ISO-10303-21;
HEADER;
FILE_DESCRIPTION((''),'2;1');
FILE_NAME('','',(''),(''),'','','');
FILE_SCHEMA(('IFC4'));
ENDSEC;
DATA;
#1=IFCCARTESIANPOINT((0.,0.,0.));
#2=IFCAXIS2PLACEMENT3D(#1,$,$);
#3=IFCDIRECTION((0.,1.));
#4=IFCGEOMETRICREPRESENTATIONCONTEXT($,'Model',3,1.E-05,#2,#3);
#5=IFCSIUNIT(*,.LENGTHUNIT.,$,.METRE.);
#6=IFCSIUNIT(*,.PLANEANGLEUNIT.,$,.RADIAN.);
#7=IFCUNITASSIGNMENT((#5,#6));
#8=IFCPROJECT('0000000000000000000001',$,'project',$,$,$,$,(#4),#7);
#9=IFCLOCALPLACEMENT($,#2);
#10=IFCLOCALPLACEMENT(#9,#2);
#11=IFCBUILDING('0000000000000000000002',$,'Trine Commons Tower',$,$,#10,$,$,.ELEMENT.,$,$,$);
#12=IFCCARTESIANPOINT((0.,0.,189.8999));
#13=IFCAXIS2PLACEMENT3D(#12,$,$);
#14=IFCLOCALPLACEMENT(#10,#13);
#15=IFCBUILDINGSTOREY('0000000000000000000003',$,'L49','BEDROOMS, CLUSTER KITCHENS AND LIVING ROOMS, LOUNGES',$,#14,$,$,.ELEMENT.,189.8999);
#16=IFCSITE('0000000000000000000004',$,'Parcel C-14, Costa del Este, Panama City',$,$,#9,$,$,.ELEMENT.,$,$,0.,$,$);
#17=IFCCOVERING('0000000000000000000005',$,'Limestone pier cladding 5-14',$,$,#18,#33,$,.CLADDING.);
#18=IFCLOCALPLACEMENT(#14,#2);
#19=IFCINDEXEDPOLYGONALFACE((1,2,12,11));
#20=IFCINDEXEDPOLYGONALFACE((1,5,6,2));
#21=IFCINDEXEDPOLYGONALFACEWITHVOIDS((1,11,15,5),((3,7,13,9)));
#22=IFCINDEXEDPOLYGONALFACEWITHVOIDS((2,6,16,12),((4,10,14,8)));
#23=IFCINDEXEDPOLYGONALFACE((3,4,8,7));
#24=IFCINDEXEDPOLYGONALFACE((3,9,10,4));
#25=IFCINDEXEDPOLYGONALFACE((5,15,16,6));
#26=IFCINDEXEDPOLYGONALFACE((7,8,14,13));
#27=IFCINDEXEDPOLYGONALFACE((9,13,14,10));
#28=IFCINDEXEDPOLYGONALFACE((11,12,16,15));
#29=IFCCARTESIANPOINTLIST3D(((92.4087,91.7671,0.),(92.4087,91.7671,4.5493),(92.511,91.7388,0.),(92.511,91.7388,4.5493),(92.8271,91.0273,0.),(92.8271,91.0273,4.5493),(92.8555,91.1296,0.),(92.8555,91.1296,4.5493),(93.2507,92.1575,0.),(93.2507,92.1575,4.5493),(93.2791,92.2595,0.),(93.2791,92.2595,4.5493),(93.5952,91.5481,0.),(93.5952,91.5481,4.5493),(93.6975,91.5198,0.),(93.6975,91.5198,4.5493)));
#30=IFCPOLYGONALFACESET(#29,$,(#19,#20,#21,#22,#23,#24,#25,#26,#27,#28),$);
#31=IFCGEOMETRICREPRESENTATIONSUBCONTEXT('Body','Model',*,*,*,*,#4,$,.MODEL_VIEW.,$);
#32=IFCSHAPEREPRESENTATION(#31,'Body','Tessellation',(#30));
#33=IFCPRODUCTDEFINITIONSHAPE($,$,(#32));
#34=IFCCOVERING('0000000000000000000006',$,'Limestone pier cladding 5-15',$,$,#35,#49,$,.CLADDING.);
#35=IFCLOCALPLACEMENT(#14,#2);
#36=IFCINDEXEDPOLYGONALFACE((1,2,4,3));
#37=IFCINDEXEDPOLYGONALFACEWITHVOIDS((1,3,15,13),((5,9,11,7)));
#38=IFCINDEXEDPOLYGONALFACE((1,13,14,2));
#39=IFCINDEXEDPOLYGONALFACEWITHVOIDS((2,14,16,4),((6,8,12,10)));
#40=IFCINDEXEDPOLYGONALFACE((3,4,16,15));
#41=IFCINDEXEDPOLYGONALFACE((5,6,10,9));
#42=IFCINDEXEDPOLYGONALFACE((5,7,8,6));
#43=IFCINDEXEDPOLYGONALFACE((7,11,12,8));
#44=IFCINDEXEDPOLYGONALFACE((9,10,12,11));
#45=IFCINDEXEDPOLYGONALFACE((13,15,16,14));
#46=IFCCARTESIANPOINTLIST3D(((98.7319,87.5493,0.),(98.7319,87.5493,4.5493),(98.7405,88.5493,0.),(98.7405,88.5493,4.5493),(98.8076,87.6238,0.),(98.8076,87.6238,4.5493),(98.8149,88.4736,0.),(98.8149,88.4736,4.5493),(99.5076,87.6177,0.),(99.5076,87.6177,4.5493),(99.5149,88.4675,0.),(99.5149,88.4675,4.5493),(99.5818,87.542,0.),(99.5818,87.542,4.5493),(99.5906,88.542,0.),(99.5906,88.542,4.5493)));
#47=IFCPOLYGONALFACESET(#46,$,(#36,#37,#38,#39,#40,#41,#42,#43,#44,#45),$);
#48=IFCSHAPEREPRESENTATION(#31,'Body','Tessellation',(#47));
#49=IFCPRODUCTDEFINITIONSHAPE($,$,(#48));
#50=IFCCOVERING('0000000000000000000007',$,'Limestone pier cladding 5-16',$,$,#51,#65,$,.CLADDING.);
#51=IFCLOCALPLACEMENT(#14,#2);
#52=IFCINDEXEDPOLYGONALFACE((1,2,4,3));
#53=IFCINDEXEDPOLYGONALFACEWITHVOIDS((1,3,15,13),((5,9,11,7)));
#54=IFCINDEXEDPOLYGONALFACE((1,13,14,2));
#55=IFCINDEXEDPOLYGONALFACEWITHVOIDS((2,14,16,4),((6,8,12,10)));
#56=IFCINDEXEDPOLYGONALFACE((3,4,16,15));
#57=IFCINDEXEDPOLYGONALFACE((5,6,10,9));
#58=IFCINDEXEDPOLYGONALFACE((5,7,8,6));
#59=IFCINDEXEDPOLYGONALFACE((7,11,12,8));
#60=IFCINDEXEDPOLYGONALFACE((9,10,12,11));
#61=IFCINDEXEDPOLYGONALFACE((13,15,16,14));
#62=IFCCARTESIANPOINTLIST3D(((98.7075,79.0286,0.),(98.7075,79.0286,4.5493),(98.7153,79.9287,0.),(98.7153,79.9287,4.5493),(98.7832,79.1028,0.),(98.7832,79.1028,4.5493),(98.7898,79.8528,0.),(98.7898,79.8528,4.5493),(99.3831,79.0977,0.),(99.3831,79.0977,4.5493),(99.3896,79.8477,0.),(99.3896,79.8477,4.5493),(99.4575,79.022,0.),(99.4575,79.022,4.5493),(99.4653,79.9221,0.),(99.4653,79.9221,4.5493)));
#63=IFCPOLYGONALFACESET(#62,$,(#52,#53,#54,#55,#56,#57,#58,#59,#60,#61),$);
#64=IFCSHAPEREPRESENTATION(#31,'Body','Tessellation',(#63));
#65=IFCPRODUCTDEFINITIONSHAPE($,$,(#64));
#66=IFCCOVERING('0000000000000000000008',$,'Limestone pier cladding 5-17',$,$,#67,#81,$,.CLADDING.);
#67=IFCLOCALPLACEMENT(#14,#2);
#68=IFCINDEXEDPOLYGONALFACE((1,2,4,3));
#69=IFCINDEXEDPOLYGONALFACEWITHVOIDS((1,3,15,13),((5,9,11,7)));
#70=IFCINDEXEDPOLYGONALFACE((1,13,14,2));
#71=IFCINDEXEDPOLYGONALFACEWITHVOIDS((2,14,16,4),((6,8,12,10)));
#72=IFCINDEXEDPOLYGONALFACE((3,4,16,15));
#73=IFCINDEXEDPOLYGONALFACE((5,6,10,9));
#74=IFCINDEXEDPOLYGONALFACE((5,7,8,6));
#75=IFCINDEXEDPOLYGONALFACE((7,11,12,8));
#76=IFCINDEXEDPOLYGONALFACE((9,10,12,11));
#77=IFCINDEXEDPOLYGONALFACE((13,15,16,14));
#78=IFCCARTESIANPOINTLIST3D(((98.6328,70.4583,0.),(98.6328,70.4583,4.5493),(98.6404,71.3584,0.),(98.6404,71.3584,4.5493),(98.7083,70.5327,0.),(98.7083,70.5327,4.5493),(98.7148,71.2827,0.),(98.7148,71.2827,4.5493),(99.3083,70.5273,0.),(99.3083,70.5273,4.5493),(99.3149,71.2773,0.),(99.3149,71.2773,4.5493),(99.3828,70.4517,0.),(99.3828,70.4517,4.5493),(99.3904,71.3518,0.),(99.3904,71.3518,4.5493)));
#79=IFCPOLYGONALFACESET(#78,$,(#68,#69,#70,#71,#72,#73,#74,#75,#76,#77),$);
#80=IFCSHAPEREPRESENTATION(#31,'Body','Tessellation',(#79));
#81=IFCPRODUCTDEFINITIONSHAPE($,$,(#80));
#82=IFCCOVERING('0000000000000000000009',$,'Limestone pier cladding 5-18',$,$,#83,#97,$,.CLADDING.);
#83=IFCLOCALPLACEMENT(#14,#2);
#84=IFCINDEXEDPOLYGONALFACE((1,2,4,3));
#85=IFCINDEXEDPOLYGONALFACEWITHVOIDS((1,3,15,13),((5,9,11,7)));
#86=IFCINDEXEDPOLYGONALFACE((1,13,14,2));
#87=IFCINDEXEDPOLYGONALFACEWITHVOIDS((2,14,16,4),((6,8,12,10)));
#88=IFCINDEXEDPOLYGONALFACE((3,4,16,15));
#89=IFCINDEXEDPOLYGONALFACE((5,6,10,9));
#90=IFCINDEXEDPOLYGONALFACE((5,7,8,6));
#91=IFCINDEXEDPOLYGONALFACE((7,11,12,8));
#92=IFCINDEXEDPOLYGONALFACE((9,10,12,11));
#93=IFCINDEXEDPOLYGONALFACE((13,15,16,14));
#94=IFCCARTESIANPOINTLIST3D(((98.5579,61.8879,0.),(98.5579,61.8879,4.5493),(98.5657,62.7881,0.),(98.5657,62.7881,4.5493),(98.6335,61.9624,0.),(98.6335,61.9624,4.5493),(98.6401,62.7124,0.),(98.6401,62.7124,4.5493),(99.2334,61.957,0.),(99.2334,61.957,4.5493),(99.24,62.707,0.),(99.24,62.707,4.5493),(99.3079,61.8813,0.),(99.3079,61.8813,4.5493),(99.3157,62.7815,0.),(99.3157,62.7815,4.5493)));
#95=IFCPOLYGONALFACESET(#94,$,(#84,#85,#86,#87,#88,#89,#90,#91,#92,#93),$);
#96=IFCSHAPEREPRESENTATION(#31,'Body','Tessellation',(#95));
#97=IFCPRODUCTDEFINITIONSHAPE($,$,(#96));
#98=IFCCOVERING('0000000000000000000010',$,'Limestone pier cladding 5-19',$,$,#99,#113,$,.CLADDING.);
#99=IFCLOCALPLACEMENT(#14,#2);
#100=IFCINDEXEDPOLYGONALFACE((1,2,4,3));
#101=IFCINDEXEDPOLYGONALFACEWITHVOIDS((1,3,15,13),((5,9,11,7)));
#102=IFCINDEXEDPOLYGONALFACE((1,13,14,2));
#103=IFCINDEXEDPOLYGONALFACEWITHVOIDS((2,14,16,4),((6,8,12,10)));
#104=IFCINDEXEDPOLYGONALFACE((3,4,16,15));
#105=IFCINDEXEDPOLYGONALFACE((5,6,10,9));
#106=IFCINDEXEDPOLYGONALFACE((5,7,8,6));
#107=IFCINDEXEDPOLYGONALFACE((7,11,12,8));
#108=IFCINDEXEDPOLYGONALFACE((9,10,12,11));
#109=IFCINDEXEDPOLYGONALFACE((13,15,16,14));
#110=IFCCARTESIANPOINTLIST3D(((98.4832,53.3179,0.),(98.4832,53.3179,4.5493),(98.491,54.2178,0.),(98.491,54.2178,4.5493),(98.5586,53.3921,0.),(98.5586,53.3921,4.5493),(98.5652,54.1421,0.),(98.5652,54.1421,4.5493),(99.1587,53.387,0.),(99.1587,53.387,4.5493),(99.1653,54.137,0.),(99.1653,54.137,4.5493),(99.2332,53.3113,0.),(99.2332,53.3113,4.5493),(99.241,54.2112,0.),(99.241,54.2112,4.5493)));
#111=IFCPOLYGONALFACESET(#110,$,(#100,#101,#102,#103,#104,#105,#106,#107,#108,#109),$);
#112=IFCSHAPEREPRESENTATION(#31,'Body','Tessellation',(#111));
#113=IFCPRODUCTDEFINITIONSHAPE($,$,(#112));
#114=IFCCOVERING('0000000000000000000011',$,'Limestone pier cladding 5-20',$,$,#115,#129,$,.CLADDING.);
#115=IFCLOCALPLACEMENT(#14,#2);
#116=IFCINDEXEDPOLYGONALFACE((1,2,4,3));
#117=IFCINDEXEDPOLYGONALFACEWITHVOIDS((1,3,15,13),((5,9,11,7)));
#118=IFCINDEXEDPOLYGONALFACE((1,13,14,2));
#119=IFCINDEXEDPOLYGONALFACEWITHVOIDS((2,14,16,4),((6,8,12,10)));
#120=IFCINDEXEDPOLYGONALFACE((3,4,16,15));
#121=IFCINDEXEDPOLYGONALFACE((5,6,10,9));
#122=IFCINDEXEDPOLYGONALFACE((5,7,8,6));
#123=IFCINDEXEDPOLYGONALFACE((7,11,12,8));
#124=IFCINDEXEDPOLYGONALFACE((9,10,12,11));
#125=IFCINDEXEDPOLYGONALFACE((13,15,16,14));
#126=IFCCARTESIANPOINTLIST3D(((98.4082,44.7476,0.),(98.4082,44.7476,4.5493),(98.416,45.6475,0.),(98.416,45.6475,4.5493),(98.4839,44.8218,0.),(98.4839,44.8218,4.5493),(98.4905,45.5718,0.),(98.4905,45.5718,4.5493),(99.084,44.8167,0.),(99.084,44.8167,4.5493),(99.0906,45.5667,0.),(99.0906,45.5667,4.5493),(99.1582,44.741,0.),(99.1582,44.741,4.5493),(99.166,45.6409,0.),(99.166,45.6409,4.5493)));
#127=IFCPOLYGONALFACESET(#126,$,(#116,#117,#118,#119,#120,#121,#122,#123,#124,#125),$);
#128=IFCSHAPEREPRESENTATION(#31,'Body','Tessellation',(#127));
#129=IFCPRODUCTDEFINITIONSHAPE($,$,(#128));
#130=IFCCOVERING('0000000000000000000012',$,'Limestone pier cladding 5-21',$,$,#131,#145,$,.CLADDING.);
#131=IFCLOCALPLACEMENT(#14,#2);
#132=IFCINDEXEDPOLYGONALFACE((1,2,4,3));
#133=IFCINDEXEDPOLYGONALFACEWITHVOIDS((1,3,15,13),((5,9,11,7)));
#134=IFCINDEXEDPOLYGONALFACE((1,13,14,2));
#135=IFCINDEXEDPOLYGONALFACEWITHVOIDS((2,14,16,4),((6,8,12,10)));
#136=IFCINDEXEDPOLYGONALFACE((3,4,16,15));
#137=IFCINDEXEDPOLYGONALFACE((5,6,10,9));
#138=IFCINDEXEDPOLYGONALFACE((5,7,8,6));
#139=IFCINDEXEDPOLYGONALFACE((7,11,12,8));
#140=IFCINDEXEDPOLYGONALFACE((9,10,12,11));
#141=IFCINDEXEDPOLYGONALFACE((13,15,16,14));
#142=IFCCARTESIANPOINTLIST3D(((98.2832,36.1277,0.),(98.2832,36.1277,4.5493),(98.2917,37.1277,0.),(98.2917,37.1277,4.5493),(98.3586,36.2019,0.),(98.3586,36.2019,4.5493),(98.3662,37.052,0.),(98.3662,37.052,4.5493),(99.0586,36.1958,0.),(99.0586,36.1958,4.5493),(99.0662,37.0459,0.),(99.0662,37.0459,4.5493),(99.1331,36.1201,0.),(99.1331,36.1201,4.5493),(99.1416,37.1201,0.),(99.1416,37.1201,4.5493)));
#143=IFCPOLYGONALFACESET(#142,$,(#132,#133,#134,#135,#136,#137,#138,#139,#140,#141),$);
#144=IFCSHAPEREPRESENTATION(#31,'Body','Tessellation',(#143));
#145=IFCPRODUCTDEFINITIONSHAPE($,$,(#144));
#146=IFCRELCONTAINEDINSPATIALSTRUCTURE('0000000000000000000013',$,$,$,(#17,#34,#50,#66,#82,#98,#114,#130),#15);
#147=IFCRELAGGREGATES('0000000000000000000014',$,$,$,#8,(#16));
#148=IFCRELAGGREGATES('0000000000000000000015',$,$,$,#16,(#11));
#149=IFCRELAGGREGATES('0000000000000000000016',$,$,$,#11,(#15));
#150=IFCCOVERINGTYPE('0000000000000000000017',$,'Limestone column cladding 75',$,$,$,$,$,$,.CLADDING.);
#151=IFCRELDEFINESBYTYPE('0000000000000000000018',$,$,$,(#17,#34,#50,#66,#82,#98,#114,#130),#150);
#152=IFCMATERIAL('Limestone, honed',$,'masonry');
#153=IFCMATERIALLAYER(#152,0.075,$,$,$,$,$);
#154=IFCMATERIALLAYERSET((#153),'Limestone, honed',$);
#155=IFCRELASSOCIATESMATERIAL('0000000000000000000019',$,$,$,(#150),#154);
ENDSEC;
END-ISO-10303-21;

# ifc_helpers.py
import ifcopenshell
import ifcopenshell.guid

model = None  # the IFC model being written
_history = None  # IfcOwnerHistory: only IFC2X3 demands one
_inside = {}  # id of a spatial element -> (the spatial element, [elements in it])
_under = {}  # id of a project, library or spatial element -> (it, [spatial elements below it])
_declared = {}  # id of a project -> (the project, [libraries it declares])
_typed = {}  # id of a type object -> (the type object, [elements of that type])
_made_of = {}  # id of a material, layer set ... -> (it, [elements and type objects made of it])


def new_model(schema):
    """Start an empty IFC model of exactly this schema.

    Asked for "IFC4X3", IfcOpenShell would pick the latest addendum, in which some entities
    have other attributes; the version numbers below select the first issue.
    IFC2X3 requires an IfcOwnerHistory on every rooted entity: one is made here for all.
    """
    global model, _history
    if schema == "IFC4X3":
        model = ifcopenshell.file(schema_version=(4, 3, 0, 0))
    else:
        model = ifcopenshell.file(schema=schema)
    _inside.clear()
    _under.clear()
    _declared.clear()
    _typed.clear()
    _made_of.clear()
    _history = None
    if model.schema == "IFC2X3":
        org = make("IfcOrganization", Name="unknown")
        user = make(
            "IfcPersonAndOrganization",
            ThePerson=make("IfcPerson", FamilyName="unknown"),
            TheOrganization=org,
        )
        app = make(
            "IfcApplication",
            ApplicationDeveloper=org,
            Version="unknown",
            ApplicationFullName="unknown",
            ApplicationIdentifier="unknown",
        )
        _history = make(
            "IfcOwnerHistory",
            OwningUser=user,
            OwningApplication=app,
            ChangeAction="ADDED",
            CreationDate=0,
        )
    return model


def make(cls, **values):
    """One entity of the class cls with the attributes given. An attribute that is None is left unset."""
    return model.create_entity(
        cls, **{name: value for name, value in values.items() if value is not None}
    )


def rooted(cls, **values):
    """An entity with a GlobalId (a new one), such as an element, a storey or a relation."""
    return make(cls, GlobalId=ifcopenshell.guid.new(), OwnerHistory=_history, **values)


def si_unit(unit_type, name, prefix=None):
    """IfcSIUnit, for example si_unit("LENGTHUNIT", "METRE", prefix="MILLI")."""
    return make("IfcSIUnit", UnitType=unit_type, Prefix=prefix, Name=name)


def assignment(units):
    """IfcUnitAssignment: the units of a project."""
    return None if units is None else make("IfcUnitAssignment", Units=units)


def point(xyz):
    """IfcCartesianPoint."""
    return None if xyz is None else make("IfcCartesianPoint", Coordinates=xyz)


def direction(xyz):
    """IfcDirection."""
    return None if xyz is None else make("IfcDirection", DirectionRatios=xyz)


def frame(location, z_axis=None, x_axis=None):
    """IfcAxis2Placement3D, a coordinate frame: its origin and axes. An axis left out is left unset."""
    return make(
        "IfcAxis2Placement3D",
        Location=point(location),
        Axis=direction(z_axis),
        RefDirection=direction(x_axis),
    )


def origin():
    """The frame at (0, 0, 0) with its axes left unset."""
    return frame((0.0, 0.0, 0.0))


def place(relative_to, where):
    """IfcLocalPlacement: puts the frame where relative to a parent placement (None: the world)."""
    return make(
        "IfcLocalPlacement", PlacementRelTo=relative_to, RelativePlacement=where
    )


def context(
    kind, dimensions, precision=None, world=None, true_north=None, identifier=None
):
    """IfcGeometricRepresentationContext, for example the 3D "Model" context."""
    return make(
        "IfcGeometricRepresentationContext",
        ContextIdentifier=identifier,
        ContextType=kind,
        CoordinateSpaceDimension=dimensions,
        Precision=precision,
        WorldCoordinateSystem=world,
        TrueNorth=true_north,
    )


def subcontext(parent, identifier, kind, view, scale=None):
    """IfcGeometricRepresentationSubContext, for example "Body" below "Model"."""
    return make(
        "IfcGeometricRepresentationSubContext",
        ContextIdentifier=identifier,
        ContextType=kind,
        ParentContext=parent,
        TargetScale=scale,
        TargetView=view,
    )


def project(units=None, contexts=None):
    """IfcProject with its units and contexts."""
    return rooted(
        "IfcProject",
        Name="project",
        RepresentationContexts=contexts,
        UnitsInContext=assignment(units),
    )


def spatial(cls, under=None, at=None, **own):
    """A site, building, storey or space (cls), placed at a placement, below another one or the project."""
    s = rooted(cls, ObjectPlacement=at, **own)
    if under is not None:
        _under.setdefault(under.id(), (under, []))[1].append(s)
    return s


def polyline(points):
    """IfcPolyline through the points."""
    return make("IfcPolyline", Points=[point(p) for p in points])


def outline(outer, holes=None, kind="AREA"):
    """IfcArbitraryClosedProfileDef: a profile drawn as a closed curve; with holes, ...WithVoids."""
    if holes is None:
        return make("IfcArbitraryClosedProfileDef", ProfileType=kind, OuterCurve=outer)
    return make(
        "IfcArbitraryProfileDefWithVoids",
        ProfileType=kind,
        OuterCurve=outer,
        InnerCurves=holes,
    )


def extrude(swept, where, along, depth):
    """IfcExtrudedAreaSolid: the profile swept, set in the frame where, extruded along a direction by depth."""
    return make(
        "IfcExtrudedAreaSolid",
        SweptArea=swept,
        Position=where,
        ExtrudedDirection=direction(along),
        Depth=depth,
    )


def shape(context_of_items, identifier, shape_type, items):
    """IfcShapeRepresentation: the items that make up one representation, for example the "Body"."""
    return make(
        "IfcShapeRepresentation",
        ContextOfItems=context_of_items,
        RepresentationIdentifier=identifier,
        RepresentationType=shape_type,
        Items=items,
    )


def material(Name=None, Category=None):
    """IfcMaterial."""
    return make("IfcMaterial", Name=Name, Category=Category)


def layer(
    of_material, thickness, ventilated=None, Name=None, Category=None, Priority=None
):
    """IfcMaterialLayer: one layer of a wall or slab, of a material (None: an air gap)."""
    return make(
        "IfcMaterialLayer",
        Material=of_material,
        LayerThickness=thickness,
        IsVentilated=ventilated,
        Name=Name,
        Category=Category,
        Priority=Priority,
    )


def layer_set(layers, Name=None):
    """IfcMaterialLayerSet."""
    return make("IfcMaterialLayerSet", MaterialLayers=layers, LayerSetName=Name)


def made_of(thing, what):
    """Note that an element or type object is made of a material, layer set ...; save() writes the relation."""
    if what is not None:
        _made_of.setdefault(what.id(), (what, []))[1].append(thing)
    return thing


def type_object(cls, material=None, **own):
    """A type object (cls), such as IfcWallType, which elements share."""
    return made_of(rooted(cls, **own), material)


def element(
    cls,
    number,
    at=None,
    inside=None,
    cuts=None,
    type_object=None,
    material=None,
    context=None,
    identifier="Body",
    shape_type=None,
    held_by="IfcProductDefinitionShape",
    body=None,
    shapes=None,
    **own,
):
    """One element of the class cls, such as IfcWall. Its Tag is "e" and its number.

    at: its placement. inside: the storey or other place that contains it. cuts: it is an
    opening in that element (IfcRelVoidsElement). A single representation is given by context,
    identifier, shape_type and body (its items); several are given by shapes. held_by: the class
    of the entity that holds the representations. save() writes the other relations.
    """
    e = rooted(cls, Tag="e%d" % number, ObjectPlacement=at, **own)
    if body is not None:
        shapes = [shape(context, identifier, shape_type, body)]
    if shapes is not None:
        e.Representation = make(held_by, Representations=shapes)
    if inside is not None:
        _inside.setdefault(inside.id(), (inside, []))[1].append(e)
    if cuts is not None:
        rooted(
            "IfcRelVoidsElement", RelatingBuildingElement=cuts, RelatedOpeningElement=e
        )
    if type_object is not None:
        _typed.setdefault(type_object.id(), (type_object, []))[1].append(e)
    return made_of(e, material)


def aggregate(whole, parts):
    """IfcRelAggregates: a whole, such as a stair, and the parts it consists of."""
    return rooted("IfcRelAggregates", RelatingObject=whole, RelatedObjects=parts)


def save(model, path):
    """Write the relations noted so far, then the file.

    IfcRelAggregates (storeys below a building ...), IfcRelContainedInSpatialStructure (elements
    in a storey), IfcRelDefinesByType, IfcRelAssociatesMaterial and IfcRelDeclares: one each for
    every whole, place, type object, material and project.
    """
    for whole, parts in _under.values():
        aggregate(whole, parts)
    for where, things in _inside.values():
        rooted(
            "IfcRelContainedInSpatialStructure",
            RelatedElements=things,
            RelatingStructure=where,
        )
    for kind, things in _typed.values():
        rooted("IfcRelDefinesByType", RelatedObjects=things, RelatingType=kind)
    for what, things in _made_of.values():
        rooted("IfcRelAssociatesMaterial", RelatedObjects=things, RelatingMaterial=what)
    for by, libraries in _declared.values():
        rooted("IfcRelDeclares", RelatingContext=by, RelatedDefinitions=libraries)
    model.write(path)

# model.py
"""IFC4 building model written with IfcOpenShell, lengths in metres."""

from ifc_helpers import new_model, si_unit, direction, frame, origin, place, context, subcontext, project, spatial, polyline, outline, extrude, material, layer, layer_set, type_object, element, save


model = new_model("IFC4")

# Units and contexts
model_context = context("Model", 3, precision=1e-05, world=origin(), true_north=direction((0.0, 1.0)))
body_context = subcontext(model_context, "Body", "Model", "MODEL_VIEW")
ifc_project = project(units=[si_unit("LENGTHUNIT", "METRE"), si_unit("PLANEANGLEUNIT", "RADIAN")], contexts=[model_context])

# Site, building, storey
site_placement = place(None, origin())
site = spatial("IfcSite", under=ifc_project, at=site_placement, Name="Parcel C-14, Costa del Este, Panama City", CompositionType="ELEMENT", RefElevation=0.0)
building_placement = place(site_placement, origin())
building = spatial("IfcBuilding", under=site, at=building_placement, Name="Trine Commons Tower", CompositionType="ELEMENT")
storey_placement = place(building_placement, frame((0.0, 0.0, 189.8999)))
storey = spatial("IfcBuildingStorey", under=building, at=storey_placement, Name="L49", Description="BEDROOMS, CLUSTER KITCHENS AND LIVING ROOMS, LOUNGES", CompositionType="ELEMENT", Elevation=189.8999)

# Coverings
ifc_material_1 = material(Name="Limestone, honed", Category="masonry")
ifc_layer_1 = layer(ifc_material_1, 0.075)
ifc_layer_set_1 = layer_set([ifc_layer_1], Name="Limestone, honed")
covering_type_1 = type_object("IfcCoveringType", Name="Limestone column cladding 75", PredefinedType="CLADDING", material=ifc_layer_set_1)
covering_1_placement = place(storey_placement, origin())
element("IfcCovering", 1, at=covering_1_placement, inside=storey, type_object=covering_type_1, Name="Limestone pier cladding 5-14", PredefinedType="CLADDING", context=body_context, shape_type="SweptSolid", body=[
    extrude(outline(polyline([(93.6975, 91.5198), (93.2791, 92.2595), (92.4087, 91.7671), (92.8271, 91.0273), (93.6975, 91.5198)]), holes=[polyline([(93.5952, 91.5481), (93.2507, 92.1575), (92.511, 91.7388), (92.8555, 91.1296), (93.5952, 91.5481)])]), origin(), (0.0, 0.0, 1.0), 4.5493),
])
covering_2_placement = place(storey_placement, origin())
element("IfcCovering", 2, at=covering_2_placement, inside=storey, type_object=covering_type_1, Name="Limestone pier cladding 5-15", PredefinedType="CLADDING", context=body_context, shape_type="SweptSolid", body=[
    extrude(outline(polyline([(99.5906, 88.542), (98.7405, 88.5493), (98.7319, 87.5493), (99.5818, 87.542), (99.5906, 88.542)]), holes=[polyline([(99.5149, 88.4675), (98.8149, 88.4736), (98.8076, 87.6238), (99.5076, 87.6177), (99.5149, 88.4675)])]), origin(), (0.0, 0.0, 1.0), 4.5493),
])
covering_3_placement = place(storey_placement, origin())
element("IfcCovering", 3, at=covering_3_placement, inside=storey, type_object=covering_type_1, Name="Limestone pier cladding 5-16", PredefinedType="CLADDING", context=body_context, shape_type="SweptSolid", body=[
    extrude(outline(polyline([(99.4653, 79.9221), (98.7153, 79.9287), (98.7075, 79.0286), (99.4575, 79.022), (99.4653, 79.9221)]), holes=[polyline([(99.3896, 79.8477), (98.7898, 79.8528), (98.7832, 79.1028), (99.3831, 79.0977), (99.3896, 79.8477)])]), origin(), (0.0, 0.0, 1.0), 4.5493),
])
covering_4_placement = place(storey_placement, origin())
element("IfcCovering", 4, at=covering_4_placement, inside=storey, type_object=covering_type_1, Name="Limestone pier cladding 5-17", PredefinedType="CLADDING", context=body_context, shape_type="SweptSolid", body=[
    extrude(outline(polyline([(99.3904, 71.3518), (98.6404, 71.3584), (98.6328, 70.4583), (99.3828, 70.4517), (99.3904, 71.3518)]), holes=[polyline([(99.3149, 71.2773), (98.7148, 71.2827), (98.7083, 70.5327), (99.3083, 70.5273), (99.3149, 71.2773)])]), origin(), (0.0, 0.0, 1.0), 4.5493),
])
covering_5_placement = place(storey_placement, origin())
element("IfcCovering", 5, at=covering_5_placement, inside=storey, type_object=covering_type_1, Name="Limestone pier cladding 5-18", PredefinedType="CLADDING", context=body_context, shape_type="SweptSolid", body=[
    extrude(outline(polyline([(99.3157, 62.7815), (98.5657, 62.7881), (98.5579, 61.8879), (99.3079, 61.8813), (99.3157, 62.7815)]), holes=[polyline([(99.24, 62.707), (98.6401, 62.7124), (98.6335, 61.9624), (99.2334, 61.957), (99.24, 62.707)])]), origin(), (0.0, 0.0, 1.0), 4.5493),
])
covering_6_placement = place(storey_placement, origin())
element("IfcCovering", 6, at=covering_6_placement, inside=storey, type_object=covering_type_1, Name="Limestone pier cladding 5-19", PredefinedType="CLADDING", context=body_context, shape_type="SweptSolid", body=[
    extrude(outline(polyline([(99.241, 54.2112), (98.491, 54.2178), (98.4832, 53.3179), (99.2332, 53.3113), (99.241, 54.2112)]), holes=[polyline([(99.1653, 54.137), (98.5652, 54.1421), (98.5586, 53.3921), (99.1587, 53.387), (99.1653, 54.137)])]), origin(), (0.0, 0.0, 1.0), 4.5493),
])
covering_7_placement = place(storey_placement, origin())
element("IfcCovering", 7, at=covering_7_placement, inside=storey, type_object=covering_type_1, Name="Limestone pier cladding 5-20", PredefinedType="CLADDING", context=body_context, shape_type="SweptSolid", body=[
    extrude(outline(polyline([(99.166, 45.6409), (98.416, 45.6475), (98.4082, 44.7476), (99.1582, 44.741), (99.166, 45.6409)]), holes=[polyline([(99.0906, 45.5667), (98.4905, 45.5718), (98.4839, 44.8218), (99.084, 44.8167), (99.0906, 45.5667)])]), origin(), (0.0, 0.0, 1.0), 4.5493),
])
covering_8_placement = place(storey_placement, origin())
element("IfcCovering", 8, at=covering_8_placement, inside=storey, type_object=covering_type_1, Name="Limestone pier cladding 5-21", PredefinedType="CLADDING", context=body_context, shape_type="SweptSolid", body=[
    extrude(outline(polyline([(99.1416, 37.1201), (98.2917, 37.1277), (98.2832, 36.1277), (99.1331, 36.1201), (99.1416, 37.1201)]), holes=[polyline([(99.0662, 37.0459), (98.3662, 37.052), (98.3586, 36.2019), (99.0586, 36.1958), (99.0662, 37.0459)])]), origin(), (0.0, 0.0, 1.0), 4.5493),
])

save(model, "model.ifc")
